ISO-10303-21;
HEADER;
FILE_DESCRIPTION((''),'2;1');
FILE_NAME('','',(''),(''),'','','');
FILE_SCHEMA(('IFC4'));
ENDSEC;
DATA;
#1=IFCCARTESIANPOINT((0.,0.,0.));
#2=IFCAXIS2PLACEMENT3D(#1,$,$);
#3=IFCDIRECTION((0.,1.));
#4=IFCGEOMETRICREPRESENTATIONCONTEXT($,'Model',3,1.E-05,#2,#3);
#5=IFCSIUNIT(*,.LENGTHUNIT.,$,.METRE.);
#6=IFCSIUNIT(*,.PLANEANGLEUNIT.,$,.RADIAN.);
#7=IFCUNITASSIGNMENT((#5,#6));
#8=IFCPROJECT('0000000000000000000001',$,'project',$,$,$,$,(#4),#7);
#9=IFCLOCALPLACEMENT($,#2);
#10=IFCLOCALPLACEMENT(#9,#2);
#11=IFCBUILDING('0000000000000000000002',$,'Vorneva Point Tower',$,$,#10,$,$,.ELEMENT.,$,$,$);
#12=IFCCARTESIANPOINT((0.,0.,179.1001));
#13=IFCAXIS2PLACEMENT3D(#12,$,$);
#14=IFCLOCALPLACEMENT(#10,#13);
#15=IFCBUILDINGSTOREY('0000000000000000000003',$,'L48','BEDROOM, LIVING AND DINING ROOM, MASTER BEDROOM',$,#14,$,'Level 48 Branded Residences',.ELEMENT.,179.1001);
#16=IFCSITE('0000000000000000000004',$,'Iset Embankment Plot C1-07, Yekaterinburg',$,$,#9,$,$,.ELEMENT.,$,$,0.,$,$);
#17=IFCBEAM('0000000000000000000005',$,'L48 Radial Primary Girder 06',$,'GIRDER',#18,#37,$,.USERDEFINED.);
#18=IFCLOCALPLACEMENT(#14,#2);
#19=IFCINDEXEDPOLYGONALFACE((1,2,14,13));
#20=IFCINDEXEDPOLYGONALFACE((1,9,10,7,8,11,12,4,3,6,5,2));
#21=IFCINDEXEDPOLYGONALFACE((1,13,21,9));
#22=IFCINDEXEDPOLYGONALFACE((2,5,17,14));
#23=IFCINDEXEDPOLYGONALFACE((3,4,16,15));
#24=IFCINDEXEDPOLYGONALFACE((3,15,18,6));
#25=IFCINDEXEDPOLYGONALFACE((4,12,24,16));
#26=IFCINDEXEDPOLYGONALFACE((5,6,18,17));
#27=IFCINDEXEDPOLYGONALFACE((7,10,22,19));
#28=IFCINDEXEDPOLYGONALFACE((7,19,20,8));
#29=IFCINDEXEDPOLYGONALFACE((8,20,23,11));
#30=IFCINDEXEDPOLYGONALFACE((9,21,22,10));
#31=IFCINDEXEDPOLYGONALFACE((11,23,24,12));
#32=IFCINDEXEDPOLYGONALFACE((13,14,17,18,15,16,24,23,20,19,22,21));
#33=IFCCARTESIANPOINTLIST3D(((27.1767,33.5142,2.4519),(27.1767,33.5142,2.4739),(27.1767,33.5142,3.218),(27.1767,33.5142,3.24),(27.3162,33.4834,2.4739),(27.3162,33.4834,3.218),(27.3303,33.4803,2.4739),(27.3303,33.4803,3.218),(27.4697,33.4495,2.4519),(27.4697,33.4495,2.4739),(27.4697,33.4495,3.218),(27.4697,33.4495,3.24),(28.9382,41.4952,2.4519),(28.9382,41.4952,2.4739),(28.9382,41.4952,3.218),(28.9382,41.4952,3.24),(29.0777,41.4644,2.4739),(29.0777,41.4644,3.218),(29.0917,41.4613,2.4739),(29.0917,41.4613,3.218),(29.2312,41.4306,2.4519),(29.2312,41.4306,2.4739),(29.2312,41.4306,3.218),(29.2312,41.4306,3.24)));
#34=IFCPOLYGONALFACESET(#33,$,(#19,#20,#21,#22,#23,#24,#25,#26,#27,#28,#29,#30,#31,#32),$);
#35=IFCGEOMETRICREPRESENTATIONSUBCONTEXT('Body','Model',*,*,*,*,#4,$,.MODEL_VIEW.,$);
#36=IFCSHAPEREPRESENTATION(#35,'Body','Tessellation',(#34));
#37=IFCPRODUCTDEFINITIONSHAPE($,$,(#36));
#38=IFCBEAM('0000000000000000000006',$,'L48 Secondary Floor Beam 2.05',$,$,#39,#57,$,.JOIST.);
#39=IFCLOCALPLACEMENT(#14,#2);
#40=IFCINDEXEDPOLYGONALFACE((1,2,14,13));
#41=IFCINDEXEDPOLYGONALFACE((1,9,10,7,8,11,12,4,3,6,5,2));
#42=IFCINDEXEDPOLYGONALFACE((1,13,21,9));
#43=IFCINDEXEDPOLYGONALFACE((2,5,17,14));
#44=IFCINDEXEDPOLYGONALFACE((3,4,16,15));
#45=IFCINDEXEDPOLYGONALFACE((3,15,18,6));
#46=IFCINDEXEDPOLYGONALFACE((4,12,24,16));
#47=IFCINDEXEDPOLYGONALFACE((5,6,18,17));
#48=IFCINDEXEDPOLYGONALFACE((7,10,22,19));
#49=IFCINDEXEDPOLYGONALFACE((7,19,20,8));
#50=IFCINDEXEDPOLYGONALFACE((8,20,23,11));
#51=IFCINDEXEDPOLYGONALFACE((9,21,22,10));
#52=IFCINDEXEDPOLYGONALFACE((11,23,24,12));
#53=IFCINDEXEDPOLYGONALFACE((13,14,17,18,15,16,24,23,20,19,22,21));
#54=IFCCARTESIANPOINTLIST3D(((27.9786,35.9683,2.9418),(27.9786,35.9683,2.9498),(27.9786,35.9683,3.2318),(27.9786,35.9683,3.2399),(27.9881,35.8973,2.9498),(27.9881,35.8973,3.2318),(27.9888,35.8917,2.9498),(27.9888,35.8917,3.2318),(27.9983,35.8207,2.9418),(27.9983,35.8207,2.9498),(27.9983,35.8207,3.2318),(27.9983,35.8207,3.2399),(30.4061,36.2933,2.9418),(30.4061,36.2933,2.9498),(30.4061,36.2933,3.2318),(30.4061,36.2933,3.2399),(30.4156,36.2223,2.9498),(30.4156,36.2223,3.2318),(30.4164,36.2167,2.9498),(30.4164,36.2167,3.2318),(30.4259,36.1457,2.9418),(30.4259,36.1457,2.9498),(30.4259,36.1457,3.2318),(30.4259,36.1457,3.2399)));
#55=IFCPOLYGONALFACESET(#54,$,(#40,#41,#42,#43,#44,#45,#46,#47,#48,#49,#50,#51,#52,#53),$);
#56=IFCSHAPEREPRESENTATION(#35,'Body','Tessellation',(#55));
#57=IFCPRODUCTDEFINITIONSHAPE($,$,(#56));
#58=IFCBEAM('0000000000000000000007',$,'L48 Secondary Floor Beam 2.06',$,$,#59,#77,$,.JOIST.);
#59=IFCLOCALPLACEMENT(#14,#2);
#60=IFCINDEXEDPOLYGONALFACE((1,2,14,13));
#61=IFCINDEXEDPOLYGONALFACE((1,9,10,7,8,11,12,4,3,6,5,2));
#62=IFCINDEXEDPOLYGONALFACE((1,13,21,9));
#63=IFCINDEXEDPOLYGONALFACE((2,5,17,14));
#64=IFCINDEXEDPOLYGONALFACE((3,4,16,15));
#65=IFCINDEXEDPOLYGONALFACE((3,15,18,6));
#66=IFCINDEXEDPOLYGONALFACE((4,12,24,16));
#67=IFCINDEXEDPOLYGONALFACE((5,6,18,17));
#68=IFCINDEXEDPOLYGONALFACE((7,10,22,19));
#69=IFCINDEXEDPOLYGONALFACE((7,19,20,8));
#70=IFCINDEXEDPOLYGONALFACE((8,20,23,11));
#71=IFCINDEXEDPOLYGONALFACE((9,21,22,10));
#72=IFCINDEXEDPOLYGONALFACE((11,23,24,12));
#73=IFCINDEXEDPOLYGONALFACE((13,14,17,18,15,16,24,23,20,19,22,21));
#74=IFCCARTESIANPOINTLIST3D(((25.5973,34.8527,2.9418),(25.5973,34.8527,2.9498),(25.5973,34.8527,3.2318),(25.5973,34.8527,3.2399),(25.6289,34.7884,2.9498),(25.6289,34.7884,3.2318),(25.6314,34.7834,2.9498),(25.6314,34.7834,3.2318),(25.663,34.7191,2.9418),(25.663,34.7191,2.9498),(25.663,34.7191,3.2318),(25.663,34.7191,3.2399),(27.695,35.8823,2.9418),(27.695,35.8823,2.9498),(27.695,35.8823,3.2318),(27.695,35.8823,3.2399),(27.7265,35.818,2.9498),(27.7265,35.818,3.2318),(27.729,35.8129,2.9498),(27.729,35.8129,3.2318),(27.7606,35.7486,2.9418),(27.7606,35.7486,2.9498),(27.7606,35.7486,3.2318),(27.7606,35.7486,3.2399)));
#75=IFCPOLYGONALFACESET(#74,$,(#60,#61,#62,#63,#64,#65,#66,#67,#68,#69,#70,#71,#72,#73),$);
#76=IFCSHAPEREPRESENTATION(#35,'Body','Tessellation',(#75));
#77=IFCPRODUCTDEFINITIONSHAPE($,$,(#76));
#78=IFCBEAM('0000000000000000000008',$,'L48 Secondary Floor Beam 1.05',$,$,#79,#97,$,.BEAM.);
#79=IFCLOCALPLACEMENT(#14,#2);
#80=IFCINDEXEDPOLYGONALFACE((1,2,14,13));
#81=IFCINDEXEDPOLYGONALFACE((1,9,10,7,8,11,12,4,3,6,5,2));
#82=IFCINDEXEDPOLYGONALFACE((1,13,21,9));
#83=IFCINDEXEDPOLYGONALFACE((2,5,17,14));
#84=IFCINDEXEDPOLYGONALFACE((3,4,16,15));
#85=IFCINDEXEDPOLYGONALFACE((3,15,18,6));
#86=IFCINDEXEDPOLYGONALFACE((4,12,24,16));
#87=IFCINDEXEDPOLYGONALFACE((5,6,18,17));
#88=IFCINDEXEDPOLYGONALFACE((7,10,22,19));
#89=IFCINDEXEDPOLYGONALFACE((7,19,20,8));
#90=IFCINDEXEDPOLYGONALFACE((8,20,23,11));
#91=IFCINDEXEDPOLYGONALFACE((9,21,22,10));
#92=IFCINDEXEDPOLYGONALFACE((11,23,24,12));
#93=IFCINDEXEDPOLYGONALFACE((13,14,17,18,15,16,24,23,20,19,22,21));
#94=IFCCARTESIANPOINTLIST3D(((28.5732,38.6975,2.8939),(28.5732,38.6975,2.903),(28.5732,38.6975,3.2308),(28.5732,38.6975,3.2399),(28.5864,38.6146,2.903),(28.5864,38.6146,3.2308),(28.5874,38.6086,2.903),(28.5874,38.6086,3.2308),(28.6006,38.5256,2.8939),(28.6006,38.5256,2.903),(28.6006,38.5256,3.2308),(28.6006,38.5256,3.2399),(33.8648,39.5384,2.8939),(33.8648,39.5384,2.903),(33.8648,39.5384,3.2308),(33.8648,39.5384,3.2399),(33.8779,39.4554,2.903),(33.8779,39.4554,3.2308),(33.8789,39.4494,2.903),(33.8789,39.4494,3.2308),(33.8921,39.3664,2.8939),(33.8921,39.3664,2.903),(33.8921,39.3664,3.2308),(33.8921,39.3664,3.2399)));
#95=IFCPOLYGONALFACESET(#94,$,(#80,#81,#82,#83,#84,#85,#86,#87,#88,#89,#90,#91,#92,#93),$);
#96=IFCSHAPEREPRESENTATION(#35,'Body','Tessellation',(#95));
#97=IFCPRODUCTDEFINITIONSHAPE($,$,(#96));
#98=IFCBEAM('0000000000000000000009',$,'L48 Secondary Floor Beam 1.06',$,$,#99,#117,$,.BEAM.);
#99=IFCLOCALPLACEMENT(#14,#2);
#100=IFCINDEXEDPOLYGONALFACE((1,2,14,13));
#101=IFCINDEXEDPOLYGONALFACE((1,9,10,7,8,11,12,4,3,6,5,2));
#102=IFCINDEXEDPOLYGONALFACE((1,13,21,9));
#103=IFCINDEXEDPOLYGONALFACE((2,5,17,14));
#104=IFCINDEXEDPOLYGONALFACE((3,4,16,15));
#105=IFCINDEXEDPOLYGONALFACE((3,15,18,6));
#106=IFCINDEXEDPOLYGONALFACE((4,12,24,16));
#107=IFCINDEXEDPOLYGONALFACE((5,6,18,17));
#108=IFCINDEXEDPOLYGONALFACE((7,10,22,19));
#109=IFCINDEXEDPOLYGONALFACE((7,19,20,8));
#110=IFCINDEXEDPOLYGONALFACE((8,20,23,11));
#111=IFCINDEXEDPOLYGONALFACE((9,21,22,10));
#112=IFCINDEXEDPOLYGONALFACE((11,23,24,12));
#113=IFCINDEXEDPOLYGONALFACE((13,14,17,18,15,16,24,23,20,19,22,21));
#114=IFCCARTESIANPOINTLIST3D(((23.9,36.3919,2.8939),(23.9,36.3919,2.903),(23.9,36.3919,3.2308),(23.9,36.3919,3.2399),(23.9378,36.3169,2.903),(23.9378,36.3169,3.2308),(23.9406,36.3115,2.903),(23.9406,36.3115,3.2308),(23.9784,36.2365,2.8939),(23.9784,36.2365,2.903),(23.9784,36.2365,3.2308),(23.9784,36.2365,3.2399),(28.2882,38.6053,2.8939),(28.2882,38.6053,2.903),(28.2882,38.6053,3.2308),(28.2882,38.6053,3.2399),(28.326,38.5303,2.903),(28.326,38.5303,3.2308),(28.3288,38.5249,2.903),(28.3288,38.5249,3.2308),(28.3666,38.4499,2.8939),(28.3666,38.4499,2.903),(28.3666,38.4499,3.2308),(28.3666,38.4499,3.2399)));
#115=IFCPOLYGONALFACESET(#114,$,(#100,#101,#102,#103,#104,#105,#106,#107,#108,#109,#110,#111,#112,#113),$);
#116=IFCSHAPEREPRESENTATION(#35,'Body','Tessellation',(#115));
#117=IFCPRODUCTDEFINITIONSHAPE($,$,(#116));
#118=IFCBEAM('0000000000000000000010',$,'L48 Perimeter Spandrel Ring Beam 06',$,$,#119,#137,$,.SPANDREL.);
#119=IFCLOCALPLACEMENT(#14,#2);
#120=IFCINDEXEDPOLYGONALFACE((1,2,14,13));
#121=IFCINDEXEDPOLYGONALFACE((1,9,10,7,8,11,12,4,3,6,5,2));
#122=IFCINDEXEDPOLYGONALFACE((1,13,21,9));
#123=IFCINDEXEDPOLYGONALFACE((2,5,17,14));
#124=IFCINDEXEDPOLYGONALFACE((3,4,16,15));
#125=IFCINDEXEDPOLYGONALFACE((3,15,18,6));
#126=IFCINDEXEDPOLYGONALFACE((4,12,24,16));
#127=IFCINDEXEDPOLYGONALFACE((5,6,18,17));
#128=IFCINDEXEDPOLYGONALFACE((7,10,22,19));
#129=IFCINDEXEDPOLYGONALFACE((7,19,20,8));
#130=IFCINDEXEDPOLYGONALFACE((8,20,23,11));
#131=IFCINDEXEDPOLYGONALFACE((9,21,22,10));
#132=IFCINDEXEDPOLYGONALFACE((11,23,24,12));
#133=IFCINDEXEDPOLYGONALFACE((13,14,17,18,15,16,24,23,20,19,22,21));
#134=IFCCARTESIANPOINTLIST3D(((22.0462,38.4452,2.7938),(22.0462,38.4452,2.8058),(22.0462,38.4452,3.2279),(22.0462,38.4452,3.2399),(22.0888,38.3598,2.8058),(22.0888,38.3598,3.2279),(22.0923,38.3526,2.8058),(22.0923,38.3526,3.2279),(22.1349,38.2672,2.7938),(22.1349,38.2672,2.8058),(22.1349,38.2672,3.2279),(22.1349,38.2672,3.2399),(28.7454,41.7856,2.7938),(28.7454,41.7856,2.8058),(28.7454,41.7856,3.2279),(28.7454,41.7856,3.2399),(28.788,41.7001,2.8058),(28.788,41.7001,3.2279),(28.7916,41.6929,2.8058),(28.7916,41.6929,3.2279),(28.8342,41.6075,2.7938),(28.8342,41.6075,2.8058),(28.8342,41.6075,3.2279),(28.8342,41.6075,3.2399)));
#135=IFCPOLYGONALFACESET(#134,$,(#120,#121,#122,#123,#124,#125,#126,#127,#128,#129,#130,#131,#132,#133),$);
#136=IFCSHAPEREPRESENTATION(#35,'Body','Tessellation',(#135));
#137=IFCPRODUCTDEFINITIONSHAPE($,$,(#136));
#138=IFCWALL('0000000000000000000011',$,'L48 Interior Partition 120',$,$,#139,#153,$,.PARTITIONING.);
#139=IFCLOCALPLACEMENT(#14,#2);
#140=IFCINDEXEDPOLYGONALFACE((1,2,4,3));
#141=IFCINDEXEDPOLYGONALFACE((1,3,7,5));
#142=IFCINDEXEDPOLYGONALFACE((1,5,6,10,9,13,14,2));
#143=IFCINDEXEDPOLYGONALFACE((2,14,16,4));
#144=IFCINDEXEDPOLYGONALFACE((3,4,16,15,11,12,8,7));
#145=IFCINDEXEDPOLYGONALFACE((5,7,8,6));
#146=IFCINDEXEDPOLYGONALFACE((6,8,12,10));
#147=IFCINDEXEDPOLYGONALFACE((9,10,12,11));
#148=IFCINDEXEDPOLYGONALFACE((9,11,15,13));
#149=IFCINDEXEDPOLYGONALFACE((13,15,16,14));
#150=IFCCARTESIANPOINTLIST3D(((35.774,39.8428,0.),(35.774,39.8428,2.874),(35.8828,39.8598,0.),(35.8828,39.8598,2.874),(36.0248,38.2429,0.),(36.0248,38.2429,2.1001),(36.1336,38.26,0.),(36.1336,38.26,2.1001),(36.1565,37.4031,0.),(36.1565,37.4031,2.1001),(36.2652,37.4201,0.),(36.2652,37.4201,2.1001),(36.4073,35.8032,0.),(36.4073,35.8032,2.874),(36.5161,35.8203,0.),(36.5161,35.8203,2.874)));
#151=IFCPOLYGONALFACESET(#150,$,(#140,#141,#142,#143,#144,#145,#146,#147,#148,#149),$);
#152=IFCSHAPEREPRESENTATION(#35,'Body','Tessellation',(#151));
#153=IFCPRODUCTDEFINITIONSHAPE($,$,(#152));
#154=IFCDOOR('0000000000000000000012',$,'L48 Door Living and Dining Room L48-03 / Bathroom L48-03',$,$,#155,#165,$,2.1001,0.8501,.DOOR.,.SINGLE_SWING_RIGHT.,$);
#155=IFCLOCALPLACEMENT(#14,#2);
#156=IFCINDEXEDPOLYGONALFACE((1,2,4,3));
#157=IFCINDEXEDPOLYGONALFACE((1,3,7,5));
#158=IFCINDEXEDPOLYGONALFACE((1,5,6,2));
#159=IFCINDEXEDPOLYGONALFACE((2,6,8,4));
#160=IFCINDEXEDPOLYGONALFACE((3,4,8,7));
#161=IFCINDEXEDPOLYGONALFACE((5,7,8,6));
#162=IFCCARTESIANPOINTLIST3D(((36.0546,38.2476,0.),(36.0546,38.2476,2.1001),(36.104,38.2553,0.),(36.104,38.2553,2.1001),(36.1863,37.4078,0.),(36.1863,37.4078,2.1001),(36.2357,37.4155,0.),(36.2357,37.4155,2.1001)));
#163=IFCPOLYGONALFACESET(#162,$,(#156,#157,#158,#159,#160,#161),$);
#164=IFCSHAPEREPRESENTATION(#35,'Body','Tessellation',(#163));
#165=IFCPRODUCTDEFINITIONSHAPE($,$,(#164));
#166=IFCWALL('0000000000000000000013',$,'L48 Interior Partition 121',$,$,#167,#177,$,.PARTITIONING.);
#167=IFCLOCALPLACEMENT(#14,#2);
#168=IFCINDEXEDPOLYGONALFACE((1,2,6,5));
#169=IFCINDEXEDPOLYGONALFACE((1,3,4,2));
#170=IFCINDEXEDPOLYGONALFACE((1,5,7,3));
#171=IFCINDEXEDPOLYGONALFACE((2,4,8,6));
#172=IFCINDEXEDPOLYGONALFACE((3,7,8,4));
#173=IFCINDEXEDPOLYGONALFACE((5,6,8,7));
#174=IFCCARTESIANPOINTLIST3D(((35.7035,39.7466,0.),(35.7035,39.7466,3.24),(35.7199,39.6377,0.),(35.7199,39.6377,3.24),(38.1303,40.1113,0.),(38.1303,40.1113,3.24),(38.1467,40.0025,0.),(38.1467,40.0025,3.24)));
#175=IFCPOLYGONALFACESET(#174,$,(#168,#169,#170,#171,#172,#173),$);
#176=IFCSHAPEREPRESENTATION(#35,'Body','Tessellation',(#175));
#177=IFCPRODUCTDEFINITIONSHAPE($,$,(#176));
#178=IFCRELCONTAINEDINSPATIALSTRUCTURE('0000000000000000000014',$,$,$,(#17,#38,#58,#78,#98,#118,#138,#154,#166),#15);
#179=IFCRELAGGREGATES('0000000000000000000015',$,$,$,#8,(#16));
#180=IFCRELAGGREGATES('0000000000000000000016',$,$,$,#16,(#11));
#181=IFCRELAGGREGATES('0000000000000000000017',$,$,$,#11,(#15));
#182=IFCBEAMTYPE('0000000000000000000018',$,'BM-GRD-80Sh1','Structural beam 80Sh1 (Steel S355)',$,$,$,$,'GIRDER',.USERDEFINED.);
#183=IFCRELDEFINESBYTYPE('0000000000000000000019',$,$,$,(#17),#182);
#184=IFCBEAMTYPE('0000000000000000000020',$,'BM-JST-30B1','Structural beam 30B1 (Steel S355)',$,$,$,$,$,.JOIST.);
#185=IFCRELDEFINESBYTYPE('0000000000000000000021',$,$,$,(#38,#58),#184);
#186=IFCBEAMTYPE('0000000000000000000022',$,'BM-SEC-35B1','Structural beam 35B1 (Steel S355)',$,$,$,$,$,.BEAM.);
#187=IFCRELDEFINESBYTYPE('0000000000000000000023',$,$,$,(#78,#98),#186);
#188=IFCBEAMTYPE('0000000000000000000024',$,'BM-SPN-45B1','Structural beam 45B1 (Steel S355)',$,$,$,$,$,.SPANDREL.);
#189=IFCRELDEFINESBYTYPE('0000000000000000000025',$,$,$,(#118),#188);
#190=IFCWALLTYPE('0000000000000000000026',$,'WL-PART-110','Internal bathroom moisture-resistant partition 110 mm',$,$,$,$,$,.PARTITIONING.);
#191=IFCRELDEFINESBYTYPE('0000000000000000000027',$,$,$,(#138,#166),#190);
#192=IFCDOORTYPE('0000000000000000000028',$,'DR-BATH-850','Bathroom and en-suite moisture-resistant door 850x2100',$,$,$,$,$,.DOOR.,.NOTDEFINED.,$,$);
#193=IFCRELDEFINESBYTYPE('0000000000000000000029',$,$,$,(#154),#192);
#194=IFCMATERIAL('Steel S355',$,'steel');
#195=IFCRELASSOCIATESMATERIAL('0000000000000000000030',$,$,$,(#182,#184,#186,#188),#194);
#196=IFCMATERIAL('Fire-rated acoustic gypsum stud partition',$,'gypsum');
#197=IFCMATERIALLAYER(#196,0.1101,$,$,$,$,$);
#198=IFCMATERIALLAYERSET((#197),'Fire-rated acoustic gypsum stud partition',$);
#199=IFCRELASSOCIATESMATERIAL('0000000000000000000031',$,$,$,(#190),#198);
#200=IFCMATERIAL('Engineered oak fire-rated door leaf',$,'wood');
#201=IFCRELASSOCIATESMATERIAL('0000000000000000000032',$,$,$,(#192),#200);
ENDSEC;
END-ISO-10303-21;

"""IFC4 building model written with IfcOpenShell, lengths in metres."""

from ifc_helpers import new_model, si_unit, direction, frame, frame_2d, origin, origin_2d, place, context, subcontext, project, spatial, rectangle, i_section, extrude, material, layer, layer_set, material_profile, profile_set, type_object, element, fill, save


model = new_model("IFC4")

# Units and contexts
model_context = context("Model", 3, precision=1e-05, world=origin(), true_north=direction((0.0, 1.0)))
body_context = subcontext(model_context, "Body", "Model", "MODEL_VIEW")
ifc_project = project(units=[si_unit("LENGTHUNIT", "METRE"), si_unit("PLANEANGLEUNIT", "RADIAN")], contexts=[model_context])

# Site, building, storey
site_placement = place(None, origin())
site = spatial("IfcSite", under=ifc_project, at=site_placement, Name="Iset Embankment Plot C1-07, Yekaterinburg", CompositionType="ELEMENT", RefElevation=0.0)
building_placement = place(site_placement, origin())
building = spatial("IfcBuilding", under=site, at=building_placement, Name="Vorneva Point Tower", CompositionType="ELEMENT")
storey_placement = place(building_placement, frame((0.0, 0.0, 179.1001)))
storey = spatial("IfcBuildingStorey", under=building, at=storey_placement, Name="L48", Description="BEDROOM, LIVING AND DINING ROOM, MASTER BEDROOM", LongName="Level 48 Branded Residences", CompositionType="ELEMENT", Elevation=179.1001)

# Beams
ifc_material_1 = material(Name="Steel S355", Category="steel")
ifc_material_profile_1 = material_profile(ifc_material_1, i_section(OverallWidth=0.3, OverallDepth=0.7881, WebThickness=0.0144, FlangeThickness=0.022, at=origin_2d()), Name="80Sh1")
ifc_profile_set_1 = profile_set([ifc_material_profile_1], Name="Steel S355")
beam_type_1 = type_object("IfcBeamType", Name="BM-GRD-80Sh1", Description="Structural beam 80Sh1 (Steel S355)", ElementType="GIRDER", PredefinedType="USERDEFINED", material=ifc_profile_set_1)
beam_1_placement = place(storey_placement, frame((29.0847, 41.4629, 2.8459), z_axis=(-0.215523, -0.976499, 0.0), x_axis=(0.976499, -0.215523, 0.0)))
element("IfcBeam", 1, at=beam_1_placement, inside=storey, type_object=beam_type_1, Name="L48 Radial Primary Girder 06", ObjectType="GIRDER", PredefinedType="USERDEFINED", context=body_context, shape_type="SweptSolid", body=[
    extrude(i_section(OverallWidth=0.3, OverallDepth=0.7881, WebThickness=0.0144, FlangeThickness=0.022, at=origin_2d()), origin(), (0.0, 0.0, 1.0), 8.1731),
])
ifc_material_profile_2 = material_profile(ifc_material_1, i_section(OverallWidth=0.1489, OverallDepth=0.2981, WebThickness=0.0056, FlangeThickness=0.0081, at=origin_2d()), Name="30B1")
ifc_profile_set_2 = profile_set([ifc_material_profile_2], Name="Steel S355")
beam_type_2 = type_object("IfcBeamType", Name="BM-JST-30B1", Description="Structural beam 30B1 (Steel S355)", PredefinedType="JOIST", material=ifc_profile_set_2)
beam_2_placement = place(storey_placement, frame((30.416, 36.2195, 3.0908), z_axis=(-0.991159, -0.13268, 0.0), x_axis=(0.13268, -0.991159, 0.0)))
element("IfcBeam", 2, at=beam_2_placement, inside=storey, type_object=beam_type_2, Name="L48 Secondary Floor Beam 2.05", PredefinedType="JOIST", context=body_context, shape_type="SweptSolid", body=[
    extrude(i_section(OverallWidth=0.1489, OverallDepth=0.2981, WebThickness=0.0056, FlangeThickness=0.0081, at=origin_2d()), origin(), (0.0, 0.0, 1.0), 2.4492),
])
beam_3_placement = place(storey_placement, frame((27.7278, 35.8154, 3.0908), z_axis=(-0.897704, -0.440598, 0.0), x_axis=(0.440598, -0.897704, 0.0)))
element("IfcBeam", 3, at=beam_3_placement, inside=storey, type_object=beam_type_2, Name="L48 Secondary Floor Beam 2.06", PredefinedType="JOIST", context=body_context, shape_type="SweptSolid", body=[
    extrude(i_section(OverallWidth=0.1489, OverallDepth=0.2981, WebThickness=0.0056, FlangeThickness=0.0081, at=origin_2d()), origin(), (0.0, 0.0, 1.0), 2.3367),
])
ifc_material_profile_3 = material_profile(ifc_material_1, i_section(OverallWidth=0.1741, OverallDepth=0.3459, WebThickness=0.0061, FlangeThickness=0.009, at=origin_2d()), Name="35B1")
ifc_profile_set_3 = profile_set([ifc_material_profile_3], Name="Steel S355")
beam_type_3 = type_object("IfcBeamType", Name="BM-SEC-35B1", Description="Structural beam 35B1 (Steel S355)", PredefinedType="BEAM", material=ifc_profile_set_3)
beam_4_placement = place(storey_placement, frame((33.8784, 39.4524, 3.0669), z_axis=(-0.98761, -0.156931, 0.0), x_axis=(0.156931, -0.98761, 0.0)))
element("IfcBeam", 4, at=beam_4_placement, inside=storey, type_object=beam_type_3, Name="L48 Secondary Floor Beam 1.05", PredefinedType="BEAM", context=body_context, shape_type="SweptSolid", body=[
    extrude(i_section(OverallWidth=0.1741, OverallDepth=0.3459, WebThickness=0.0061, FlangeThickness=0.009, at=origin_2d()), origin(), (0.0, 0.0, 1.0), 5.3579),
])
beam_5_placement = place(storey_placement, frame((28.3274, 38.5276, 3.0669), z_axis=(-0.892852, -0.45035, 0.0), x_axis=(0.45035, -0.892852, 0.0)))
element("IfcBeam", 5, at=beam_5_placement, inside=storey, type_object=beam_type_3, Name="L48 Secondary Floor Beam 1.06", PredefinedType="BEAM", context=body_context, shape_type="SweptSolid", body=[
    extrude(i_section(OverallWidth=0.1741, OverallDepth=0.3459, WebThickness=0.0061, FlangeThickness=0.009, at=origin_2d()), origin(), (0.0, 0.0, 1.0), 4.9148),
])
ifc_material_profile_4 = material_profile(ifc_material_1, i_section(OverallWidth=0.199, OverallDepth=0.446, WebThickness=0.0081, FlangeThickness=0.012, at=origin_2d()), Name="45B1")
ifc_profile_set_4 = profile_set([ifc_material_profile_4], Name="Steel S355")
beam_type_4 = type_object("IfcBeamType", Name="BM-SPN-45B1", Description="Structural beam 45B1 (Steel S355)", PredefinedType="SPANDREL", material=ifc_profile_set_4)
beam_6_placement = place(storey_placement, frame((28.7898, 41.6965, 3.0168), z_axis=(-0.894922, -0.446222, 0.0), x_axis=(0.446222, -0.894922, 0.0)))
element("IfcBeam", 6, at=beam_6_placement, inside=storey, type_object=beam_type_4, Name="L48 Perimeter Spandrel Ring Beam 06", PredefinedType="SPANDREL", context=body_context, shape_type="SweptSolid", body=[
    extrude(i_section(OverallWidth=0.199, OverallDepth=0.446, WebThickness=0.0081, FlangeThickness=0.012, at=origin_2d()), origin(), (0.0, 0.0, 1.0), 7.4858),
])

# Wall, opening, door
ifc_material_2 = material(Name="Fire-rated acoustic gypsum stud partition", Category="gypsum")
ifc_layer_1 = layer(ifc_material_2, 0.1101)
ifc_layer_set_1 = layer_set([ifc_layer_1], Name="Fire-rated acoustic gypsum stud partition")
wall_type_1 = type_object("IfcWallType", Name="WL-PART-110", Description="Internal bathroom moisture-resistant partition 110 mm", PredefinedType="PARTITIONING", material=ifc_layer_set_1)
wall_1_placement = place(storey_placement, frame((36.4617, 35.8118, 0.0), z_axis=(0.0, 0.0, 1.0), x_axis=(-0.154883, 0.987933, 0.0)))
wall_1 = element("IfcWall", 7, at=wall_1_placement, inside=storey, type_object=wall_type_1, Name="L48 Interior Partition 120", PredefinedType="PARTITIONING", context=body_context, shape_type="SweptSolid", body=[
    extrude(rectangle(XDim=4.0889, YDim=0.1101, at=frame_2d((2.0444, 0.0))), origin(), (0.0, 0.0, 1.0), 2.874),
])
opening_1_placement = place(wall_1_placement, frame((1.6194, 0.0, 0.0)))
opening_1 = element("IfcOpeningElement", 8, at=opening_1_placement, cuts=wall_1, PredefinedType="OPENING", context=body_context, shape_type="SweptSolid", body=[
    extrude(rectangle(XDim=0.8501, YDim=2.1001, at=frame_2d((0.425, 1.05))), frame((0.0, 0.0698, 0.0), z_axis=(0.0, -1.0, 0.0), x_axis=(1.0, 0.0, 0.0)), (0.0, 0.0, 1.0), 0.1399),
])
ifc_material_3 = material(Name="Engineered oak fire-rated door leaf", Category="wood")
door_type_1 = type_object("IfcDoorType", Name="DR-BATH-850", Description="Bathroom and en-suite moisture-resistant door 850x2100", OperationType="NOTDEFINED", PredefinedType="DOOR", material=ifc_material_3)
door_1_placement = place(opening_1_placement, origin())
door_1 = element("IfcDoor", 9, at=door_1_placement, inside=storey, type_object=door_type_1, Name="L48 Door Living and Dining Room L48-03 / Bathroom L48-03", OperationType="SINGLE_SWING_RIGHT", OverallHeight=2.1001, OverallWidth=0.8501, PredefinedType="DOOR", context=body_context, shape_type="SweptSolid", body=[
    extrude(rectangle(XDim=0.8501, YDim=2.1001, at=frame_2d((0.425, 1.05))), frame((0.0, 0.0249, 0.0), z_axis=(0.0, -1.0, 0.0), x_axis=(1.0, 0.0, 0.0)), (0.0, 0.0, 1.0), 0.05),
])
fill(opening_1, door_1)

# Wall
wall_2_placement = place(storey_placement, frame((35.7117, 39.6921, 0.0), z_axis=(0.0, 0.0, 1.0), x_axis=(0.988893, 0.148632, 0.0)))
element("IfcWall", 10, at=wall_2_placement, inside=storey, type_object=wall_type_1, Name="L48 Interior Partition 121", PredefinedType="PARTITIONING", context=body_context, shape_type="SweptSolid", body=[
    extrude(rectangle(XDim=2.4541, YDim=0.1101, at=frame_2d((1.2271, 0.0))), origin(), (0.0, 0.0, 1.0), 3.24),
])

save(model, "model.ifc")
